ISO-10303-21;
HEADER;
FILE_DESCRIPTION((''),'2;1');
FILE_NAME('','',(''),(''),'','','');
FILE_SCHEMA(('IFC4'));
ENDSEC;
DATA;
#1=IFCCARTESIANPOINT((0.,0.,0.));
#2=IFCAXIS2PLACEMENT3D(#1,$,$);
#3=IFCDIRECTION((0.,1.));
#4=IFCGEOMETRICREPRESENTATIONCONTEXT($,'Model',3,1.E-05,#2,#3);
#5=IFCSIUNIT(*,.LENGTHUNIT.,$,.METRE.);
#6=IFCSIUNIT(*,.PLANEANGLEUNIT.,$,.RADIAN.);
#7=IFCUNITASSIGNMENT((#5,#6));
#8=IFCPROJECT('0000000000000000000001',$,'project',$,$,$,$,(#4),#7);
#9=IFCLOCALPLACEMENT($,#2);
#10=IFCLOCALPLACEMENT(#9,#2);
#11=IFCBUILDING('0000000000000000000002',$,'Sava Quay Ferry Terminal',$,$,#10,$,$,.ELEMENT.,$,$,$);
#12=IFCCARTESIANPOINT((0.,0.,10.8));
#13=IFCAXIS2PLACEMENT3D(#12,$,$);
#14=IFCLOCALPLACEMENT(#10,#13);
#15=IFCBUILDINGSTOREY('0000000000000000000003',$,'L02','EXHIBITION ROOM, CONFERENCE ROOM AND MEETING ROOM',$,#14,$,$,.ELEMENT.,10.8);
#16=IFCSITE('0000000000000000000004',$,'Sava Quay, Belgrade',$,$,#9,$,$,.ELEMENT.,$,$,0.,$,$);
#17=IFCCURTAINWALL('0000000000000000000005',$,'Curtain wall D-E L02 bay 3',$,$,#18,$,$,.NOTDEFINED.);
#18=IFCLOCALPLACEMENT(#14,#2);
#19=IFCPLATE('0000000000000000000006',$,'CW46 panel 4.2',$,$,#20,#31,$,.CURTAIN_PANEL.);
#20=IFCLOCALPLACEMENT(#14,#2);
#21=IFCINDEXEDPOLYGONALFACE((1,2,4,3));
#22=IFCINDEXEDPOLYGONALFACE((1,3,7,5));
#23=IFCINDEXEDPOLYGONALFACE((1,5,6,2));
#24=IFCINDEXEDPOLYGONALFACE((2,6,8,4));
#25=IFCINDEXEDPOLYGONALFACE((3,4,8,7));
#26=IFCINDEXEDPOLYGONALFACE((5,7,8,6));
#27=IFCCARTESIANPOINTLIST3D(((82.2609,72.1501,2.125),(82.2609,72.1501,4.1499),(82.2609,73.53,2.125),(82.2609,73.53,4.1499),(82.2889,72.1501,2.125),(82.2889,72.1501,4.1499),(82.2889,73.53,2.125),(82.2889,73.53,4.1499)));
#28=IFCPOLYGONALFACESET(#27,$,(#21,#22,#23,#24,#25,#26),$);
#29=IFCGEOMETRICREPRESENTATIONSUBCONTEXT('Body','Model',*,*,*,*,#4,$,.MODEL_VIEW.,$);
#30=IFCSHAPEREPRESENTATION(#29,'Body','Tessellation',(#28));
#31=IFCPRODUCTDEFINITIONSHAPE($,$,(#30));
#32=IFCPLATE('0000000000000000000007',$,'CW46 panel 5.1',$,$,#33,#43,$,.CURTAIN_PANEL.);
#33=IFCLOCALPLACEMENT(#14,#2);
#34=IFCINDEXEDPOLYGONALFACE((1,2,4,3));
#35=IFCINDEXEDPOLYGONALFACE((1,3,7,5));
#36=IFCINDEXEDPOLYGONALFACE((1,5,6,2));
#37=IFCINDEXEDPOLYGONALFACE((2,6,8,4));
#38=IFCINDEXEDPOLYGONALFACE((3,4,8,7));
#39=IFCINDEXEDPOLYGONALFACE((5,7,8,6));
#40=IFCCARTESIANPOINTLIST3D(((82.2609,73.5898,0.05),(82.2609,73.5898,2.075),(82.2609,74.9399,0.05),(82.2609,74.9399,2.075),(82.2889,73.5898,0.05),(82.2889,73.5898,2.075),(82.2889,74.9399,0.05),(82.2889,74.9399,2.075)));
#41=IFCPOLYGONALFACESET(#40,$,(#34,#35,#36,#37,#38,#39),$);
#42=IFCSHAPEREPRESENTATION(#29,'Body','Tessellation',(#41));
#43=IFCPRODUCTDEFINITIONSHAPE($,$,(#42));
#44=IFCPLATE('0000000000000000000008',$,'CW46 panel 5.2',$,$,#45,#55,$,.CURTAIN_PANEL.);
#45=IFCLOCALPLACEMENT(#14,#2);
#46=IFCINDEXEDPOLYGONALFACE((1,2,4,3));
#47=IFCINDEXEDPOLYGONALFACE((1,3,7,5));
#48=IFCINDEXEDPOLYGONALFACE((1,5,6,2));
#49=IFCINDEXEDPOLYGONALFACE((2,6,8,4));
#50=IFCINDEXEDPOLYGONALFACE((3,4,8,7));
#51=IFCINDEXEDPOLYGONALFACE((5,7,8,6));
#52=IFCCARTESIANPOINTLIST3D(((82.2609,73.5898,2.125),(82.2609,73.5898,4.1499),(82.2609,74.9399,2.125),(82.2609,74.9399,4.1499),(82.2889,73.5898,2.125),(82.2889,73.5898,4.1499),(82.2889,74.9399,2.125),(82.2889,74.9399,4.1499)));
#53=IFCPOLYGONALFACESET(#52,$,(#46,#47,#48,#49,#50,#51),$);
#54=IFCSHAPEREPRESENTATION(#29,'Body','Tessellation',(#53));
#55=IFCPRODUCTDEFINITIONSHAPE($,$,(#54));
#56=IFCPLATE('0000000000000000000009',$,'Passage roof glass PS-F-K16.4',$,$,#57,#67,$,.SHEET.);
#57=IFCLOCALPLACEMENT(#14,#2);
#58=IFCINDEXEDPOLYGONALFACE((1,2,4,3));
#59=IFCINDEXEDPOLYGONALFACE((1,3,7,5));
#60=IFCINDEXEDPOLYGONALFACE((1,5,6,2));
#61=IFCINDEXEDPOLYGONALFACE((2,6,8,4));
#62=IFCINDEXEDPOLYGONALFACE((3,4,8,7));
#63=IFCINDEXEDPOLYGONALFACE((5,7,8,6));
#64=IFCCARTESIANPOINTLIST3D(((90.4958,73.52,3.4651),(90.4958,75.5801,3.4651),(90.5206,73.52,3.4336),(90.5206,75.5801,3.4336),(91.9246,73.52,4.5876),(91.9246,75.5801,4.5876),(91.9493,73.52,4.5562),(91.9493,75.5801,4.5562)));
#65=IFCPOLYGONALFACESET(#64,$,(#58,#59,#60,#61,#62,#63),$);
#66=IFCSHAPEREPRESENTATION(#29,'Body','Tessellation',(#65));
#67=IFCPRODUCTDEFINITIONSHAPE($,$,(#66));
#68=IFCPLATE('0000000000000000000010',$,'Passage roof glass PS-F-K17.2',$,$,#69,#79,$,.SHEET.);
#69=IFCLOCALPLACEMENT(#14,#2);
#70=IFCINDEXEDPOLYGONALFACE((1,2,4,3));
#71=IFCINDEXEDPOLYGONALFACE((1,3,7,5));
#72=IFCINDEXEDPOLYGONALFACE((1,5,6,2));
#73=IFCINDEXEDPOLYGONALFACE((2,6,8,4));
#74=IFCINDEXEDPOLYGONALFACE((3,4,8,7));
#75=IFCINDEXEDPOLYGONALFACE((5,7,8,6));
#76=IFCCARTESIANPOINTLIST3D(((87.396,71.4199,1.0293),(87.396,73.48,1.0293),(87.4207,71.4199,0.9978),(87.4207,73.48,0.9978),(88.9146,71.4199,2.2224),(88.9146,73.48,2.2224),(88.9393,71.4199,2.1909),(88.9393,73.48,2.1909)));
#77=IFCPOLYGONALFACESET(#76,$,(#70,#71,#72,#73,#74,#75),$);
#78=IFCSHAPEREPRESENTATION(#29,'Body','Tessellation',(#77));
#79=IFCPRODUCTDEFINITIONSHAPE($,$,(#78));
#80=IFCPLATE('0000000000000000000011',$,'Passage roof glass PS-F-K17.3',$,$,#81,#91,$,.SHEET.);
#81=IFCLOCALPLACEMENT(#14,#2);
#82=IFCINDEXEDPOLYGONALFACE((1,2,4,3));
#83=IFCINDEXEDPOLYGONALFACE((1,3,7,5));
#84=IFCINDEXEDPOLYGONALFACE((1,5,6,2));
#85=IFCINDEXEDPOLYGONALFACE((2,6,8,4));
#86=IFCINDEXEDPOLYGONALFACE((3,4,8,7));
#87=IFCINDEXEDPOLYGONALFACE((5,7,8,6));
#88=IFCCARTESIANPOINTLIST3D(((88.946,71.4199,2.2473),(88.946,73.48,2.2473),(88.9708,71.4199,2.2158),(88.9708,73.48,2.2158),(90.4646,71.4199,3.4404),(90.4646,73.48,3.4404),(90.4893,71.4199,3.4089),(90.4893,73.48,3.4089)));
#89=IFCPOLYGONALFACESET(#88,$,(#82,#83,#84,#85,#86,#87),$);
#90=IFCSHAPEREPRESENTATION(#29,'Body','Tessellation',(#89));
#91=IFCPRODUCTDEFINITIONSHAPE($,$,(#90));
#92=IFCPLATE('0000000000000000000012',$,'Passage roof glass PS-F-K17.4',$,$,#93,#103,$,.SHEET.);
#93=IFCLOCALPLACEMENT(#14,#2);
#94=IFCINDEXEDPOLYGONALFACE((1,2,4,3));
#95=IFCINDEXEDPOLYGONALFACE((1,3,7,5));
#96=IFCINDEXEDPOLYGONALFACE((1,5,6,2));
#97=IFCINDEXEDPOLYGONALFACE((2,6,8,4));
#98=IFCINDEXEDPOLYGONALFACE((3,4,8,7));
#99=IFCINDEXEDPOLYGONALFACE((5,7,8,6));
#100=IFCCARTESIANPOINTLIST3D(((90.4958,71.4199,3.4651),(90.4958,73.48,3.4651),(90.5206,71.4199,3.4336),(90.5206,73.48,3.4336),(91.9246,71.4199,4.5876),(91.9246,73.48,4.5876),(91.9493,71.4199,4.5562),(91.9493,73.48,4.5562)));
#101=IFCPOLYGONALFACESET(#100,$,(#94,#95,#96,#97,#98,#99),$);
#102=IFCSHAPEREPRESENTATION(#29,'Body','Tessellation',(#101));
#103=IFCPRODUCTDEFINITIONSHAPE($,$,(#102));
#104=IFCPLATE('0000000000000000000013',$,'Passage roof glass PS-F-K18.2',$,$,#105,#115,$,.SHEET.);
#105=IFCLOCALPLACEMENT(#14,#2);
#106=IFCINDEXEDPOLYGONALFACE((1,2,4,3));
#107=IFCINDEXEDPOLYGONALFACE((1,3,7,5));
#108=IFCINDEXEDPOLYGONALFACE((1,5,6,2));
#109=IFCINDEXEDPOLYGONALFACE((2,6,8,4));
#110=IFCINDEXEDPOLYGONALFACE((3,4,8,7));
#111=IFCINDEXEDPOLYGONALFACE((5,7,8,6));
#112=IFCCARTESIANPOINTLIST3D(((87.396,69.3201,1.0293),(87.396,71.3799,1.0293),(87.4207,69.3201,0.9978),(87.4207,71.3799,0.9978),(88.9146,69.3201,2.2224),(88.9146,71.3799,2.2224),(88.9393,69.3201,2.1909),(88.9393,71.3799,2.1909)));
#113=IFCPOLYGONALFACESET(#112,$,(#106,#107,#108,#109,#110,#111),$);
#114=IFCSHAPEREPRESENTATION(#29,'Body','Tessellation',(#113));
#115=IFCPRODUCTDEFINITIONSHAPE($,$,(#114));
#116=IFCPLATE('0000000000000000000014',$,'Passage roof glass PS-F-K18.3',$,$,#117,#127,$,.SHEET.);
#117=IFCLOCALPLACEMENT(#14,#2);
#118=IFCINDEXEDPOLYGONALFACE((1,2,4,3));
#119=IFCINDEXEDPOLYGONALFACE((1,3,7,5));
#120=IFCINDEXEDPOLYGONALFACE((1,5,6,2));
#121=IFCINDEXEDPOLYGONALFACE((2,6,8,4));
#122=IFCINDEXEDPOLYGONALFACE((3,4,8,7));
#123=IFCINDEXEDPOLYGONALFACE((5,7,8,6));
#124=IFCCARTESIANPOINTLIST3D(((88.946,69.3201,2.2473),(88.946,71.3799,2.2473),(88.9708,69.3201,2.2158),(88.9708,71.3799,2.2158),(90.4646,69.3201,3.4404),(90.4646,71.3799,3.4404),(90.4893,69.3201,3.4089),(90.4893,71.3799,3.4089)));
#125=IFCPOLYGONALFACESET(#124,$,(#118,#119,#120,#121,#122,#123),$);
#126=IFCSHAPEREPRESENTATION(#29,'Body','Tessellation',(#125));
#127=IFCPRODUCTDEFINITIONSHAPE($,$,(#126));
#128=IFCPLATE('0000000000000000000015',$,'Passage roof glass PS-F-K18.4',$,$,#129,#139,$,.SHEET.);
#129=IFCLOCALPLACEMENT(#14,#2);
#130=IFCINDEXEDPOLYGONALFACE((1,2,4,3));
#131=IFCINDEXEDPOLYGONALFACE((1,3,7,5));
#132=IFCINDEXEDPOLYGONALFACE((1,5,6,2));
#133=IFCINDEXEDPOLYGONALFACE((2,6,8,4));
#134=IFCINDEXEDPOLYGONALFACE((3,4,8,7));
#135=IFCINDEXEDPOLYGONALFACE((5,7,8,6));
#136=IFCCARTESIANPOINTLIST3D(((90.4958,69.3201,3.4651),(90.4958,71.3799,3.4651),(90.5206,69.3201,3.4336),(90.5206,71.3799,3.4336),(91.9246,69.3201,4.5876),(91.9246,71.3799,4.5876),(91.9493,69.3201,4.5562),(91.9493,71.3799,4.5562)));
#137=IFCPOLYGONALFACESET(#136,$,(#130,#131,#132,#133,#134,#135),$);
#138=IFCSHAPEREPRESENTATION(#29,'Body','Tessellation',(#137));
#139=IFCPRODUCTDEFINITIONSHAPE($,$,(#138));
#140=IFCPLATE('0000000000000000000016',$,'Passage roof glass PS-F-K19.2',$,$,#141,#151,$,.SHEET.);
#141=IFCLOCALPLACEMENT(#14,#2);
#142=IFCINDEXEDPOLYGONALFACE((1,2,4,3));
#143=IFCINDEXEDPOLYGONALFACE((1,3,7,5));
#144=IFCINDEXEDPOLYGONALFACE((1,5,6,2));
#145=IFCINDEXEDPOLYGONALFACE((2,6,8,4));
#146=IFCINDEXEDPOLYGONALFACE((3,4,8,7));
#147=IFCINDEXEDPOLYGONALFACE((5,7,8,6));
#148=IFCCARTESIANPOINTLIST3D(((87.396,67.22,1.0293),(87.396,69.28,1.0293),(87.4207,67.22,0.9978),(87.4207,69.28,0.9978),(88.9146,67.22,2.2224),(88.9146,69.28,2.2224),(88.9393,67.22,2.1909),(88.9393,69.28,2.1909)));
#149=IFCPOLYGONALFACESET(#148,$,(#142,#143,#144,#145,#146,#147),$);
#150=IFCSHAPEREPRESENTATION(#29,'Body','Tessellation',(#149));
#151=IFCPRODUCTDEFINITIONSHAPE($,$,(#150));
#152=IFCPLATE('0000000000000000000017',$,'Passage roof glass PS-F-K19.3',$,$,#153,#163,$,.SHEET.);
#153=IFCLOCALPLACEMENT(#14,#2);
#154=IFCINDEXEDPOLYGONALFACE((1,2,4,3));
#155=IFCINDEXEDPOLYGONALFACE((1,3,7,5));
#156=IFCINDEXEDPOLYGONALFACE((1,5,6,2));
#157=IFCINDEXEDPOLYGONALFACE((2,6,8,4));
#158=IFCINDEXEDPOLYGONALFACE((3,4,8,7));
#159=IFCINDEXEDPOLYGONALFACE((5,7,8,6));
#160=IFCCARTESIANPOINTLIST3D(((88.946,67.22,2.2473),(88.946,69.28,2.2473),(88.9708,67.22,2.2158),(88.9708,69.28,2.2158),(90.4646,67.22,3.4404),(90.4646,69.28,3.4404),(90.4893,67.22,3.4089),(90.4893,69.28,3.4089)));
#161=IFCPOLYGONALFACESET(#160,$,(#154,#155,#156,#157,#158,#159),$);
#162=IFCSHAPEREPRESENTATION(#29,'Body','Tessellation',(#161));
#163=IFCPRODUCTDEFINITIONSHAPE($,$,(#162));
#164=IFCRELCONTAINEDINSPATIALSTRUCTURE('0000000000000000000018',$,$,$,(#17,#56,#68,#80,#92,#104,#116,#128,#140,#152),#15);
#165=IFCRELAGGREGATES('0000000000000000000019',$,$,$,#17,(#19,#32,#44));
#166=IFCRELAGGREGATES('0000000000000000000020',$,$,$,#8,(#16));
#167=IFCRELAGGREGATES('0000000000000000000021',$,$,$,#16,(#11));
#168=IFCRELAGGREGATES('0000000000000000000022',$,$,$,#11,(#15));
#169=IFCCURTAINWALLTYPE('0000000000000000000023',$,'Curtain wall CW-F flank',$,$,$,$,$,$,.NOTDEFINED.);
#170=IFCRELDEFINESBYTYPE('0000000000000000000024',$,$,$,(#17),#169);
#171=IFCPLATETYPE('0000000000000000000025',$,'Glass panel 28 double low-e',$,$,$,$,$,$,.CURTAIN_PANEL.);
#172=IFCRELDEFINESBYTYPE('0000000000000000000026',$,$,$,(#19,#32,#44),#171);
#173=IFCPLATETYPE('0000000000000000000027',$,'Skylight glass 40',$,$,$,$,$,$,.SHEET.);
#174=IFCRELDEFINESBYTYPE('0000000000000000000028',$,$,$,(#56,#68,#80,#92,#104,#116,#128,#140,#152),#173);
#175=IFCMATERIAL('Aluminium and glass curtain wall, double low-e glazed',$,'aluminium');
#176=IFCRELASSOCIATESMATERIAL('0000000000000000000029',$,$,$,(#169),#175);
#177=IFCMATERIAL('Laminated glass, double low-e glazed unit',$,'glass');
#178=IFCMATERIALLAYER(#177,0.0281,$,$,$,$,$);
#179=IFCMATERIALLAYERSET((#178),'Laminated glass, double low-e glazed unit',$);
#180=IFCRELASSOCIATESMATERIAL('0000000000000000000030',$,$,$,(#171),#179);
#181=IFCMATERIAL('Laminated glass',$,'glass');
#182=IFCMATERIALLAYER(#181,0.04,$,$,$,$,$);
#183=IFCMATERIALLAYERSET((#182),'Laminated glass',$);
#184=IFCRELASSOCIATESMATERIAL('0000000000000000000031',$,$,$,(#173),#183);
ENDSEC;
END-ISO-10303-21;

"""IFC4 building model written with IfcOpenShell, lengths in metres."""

from ifc_helpers import new_model, si_unit, direction, frame, origin, origin_2d, place, context, subcontext, project, spatial, polyline, rectangle, outline, extrude, material, layer, layer_set, type_object, element, aggregate, save


model = new_model("IFC4")

# Units and contexts
model_context = context("Model", 3, precision=1e-05, world=origin(), true_north=direction((0.0, 1.0)))
body_context = subcontext(model_context, "Body", "Model", "MODEL_VIEW")
ifc_project = project(units=[si_unit("LENGTHUNIT", "METRE"), si_unit("PLANEANGLEUNIT", "RADIAN")], contexts=[model_context])

# Site, building, storey
site_placement = place(None, origin())
site = spatial("IfcSite", under=ifc_project, at=site_placement, Name="Sava Quay, Belgrade", CompositionType="ELEMENT", RefElevation=0.0)
building_placement = place(site_placement, origin())
building = spatial("IfcBuilding", under=site, at=building_placement, Name="Sava Quay Ferry Terminal", CompositionType="ELEMENT")
storey_placement = place(building_placement, frame((0.0, 0.0, 10.8)))
storey = spatial("IfcBuildingStorey", under=building, at=storey_placement, Name="L02", Description="EXHIBITION ROOM, CONFERENCE ROOM AND MEETING ROOM", CompositionType="ELEMENT", Elevation=10.8)

# Curtain wall, plates
ifc_material_1 = material(Name="Aluminium and glass curtain wall, double low-e glazed", Category="aluminium")
curtain_wall_type = type_object("IfcCurtainWallType", Name="Curtain wall CW-F flank", PredefinedType="NOTDEFINED", material=ifc_material_1)
curtain_wall_placement = place(storey_placement, origin())
curtain_wall = element("IfcCurtainWall", 1, at=curtain_wall_placement, inside=storey, type_object=curtain_wall_type, Name="Curtain wall D-E L02 bay 3", PredefinedType="NOTDEFINED")
ifc_material_2 = material(Name="Laminated glass, double low-e glazed unit", Category="glass")
ifc_layer_1 = layer(ifc_material_2, 0.0281)
ifc_layer_set_1 = layer_set([ifc_layer_1], Name="Laminated glass, double low-e glazed unit")
plate_type_1 = type_object("IfcPlateType", Name="Glass panel 28 double low-e", PredefinedType="CURTAIN_PANEL", material=ifc_layer_set_1)
plate_1_placement = place(storey_placement, frame((82.2749, 72.8401, 2.125), z_axis=(0.0, 0.0, 1.0), x_axis=(0.0, 1.0, 0.0)))
plate_1 = element("IfcPlate", 2, at=plate_1_placement, type_object=plate_type_1, Name="CW46 panel 4.2", PredefinedType="CURTAIN_PANEL", context=body_context, shape_type="SweptSolid", body=[
    extrude(rectangle(XDim=1.3799, YDim=0.0281, at=origin_2d()), origin(), (0.0, 0.0, 1.0), 2.0249),
])
plate_2_placement = place(storey_placement, frame((82.2749, 74.2649, 0.05), z_axis=(0.0, 0.0, 1.0), x_axis=(0.0, 1.0, 0.0)))
plate_2 = element("IfcPlate", 3, at=plate_2_placement, type_object=plate_type_1, Name="CW46 panel 5.1", PredefinedType="CURTAIN_PANEL", context=body_context, shape_type="SweptSolid", body=[
    extrude(rectangle(XDim=1.3501, YDim=0.0281, at=origin_2d()), origin(), (0.0, 0.0, 1.0), 2.0249),
])
plate_3_placement = place(storey_placement, frame((82.2749, 74.2649, 2.125), z_axis=(0.0, 0.0, 1.0), x_axis=(0.0, 1.0, 0.0)))
plate_3 = element("IfcPlate", 4, at=plate_3_placement, type_object=plate_type_1, Name="CW46 panel 5.2", PredefinedType="CURTAIN_PANEL", context=body_context, shape_type="SweptSolid", body=[
    extrude(rectangle(XDim=1.3501, YDim=0.0281, at=origin_2d()), origin(), (0.0, 0.0, 1.0), 2.0249),
])
aggregate(curtain_wall, [plate_1, plate_2, plate_3])

# Plates
ifc_material_3 = material(Name="Laminated glass", Category="glass")
ifc_layer_2 = layer(ifc_material_3, 0.04)
ifc_layer_set_2 = layer_set([ifc_layer_2], Name="Laminated glass")
plate_type_2 = type_object("IfcPlateType", Name="Skylight glass 40", PredefinedType="SHEET", material=ifc_layer_set_2)
plate_4_placement = place(storey_placement, frame((90.4958, 73.52, 3.4651), z_axis=(-0.617822, 0.0, 0.786318), x_axis=(0.0, 1.0, 0.0)))
element("IfcPlate", 5, at=plate_4_placement, inside=storey, type_object=plate_type_2, Name="Passage roof glass PS-F-K16.4", PredefinedType="SHEET", context=body_context, shape_type="SweptSolid", body=[
    extrude(outline(polyline([(0.0, 0.0), (2.0601, 0.0), (2.0601, -1.817), (0.0, -1.817), (0.0, 0.0)])), origin(), (0.0, 0.0, -1.0), 0.04),
])
for number, where, z_axis, x_axis, name in (
    (6, (87.396, 73.48, 1.0293), (-0.61781, 0.0, 0.786327), (0.786327, 0.0, 0.61781), "Passage roof glass PS-F-K17.2"),
    (7, (88.946, 73.48, 2.2473), (-0.61781, 0.0, 0.786327), (0.786327, 0.0, 0.61781), "Passage roof glass PS-F-K17.3"),
):
    element("IfcPlate", number, at=place(storey_placement, frame(where, z_axis=z_axis, x_axis=x_axis)), inside=storey, type_object=plate_type_2, Name=name, PredefinedType="SHEET", context=body_context, shape_type="SweptSolid", body=[
        extrude(outline(polyline([(0.0, 0.0), (1.9312, 0.0), (1.9312, -2.0601), (0.0, -2.0601), (0.0, 0.0)])), origin(), (0.0, 0.0, -1.0), 0.04),
    ])
plate_5_placement = place(storey_placement, frame((90.4958, 71.4199, 3.4651), z_axis=(-0.617822, 0.0, 0.786318), x_axis=(0.0, 1.0, 0.0)))
element("IfcPlate", 8, at=plate_5_placement, inside=storey, type_object=plate_type_2, Name="Passage roof glass PS-F-K17.4", PredefinedType="SHEET", context=body_context, shape_type="SweptSolid", body=[
    extrude(outline(polyline([(0.0, 0.0), (2.0601, 0.0), (2.0601, -1.817), (0.0, -1.817), (0.0, 0.0)])), origin(), (0.0, 0.0, -1.0), 0.04),
])
for number, where, z_axis, x_axis, name in (
    (9, (87.396, 71.3799, 1.0293), (-0.61781, 0.0, 0.786327), (0.786327, 0.0, 0.61781), "Passage roof glass PS-F-K18.2"),
    (10, (88.946, 71.3799, 2.2473), (-0.61781, 0.0, 0.786327), (0.786327, 0.0, 0.61781), "Passage roof glass PS-F-K18.3"),
):
    element("IfcPlate", number, at=place(storey_placement, frame(where, z_axis=z_axis, x_axis=x_axis)), inside=storey, type_object=plate_type_2, Name=name, PredefinedType="SHEET", context=body_context, shape_type="SweptSolid", body=[
        extrude(outline(polyline([(0.0, 0.0), (1.9312, 0.0), (1.9312, -2.0598), (0.0, -2.0598), (0.0, 0.0)])), origin(), (0.0, 0.0, -1.0), 0.04),
    ])
plate_6_placement = place(storey_placement, frame((90.4958, 69.3201, 3.4651), z_axis=(-0.617822, 0.0, 0.786318), x_axis=(0.0, 1.0, 0.0)))
element("IfcPlate", 11, at=plate_6_placement, inside=storey, type_object=plate_type_2, Name="Passage roof glass PS-F-K18.4", PredefinedType="SHEET", context=body_context, shape_type="SweptSolid", body=[
    extrude(outline(polyline([(0.0, 0.0), (2.0598, 0.0), (2.0598, -1.817), (0.0, -1.817), (0.0, 0.0)])), origin(), (0.0, 0.0, -1.0), 0.04),
])
for number, where, z_axis, x_axis, name in (
    (12, (87.396, 69.28, 1.0293), (-0.61781, 0.0, 0.786327), (0.786327, 0.0, 0.61781), "Passage roof glass PS-F-K19.2"),
    (13, (88.946, 69.28, 2.2473), (-0.61781, 0.0, 0.786327), (0.786327, 0.0, 0.61781), "Passage roof glass PS-F-K19.3"),
):
    element("IfcPlate", number, at=place(storey_placement, frame(where, z_axis=z_axis, x_axis=x_axis)), inside=storey, type_object=plate_type_2, Name=name, PredefinedType="SHEET", context=body_context, shape_type="SweptSolid", body=[
        extrude(outline(polyline([(0.0, 0.0), (1.9312, 0.0), (1.9312, -2.0601), (0.0, -2.0601), (0.0, 0.0)])), origin(), (0.0, 0.0, -1.0), 0.04),
    ])

save(model, "model.ifc")
